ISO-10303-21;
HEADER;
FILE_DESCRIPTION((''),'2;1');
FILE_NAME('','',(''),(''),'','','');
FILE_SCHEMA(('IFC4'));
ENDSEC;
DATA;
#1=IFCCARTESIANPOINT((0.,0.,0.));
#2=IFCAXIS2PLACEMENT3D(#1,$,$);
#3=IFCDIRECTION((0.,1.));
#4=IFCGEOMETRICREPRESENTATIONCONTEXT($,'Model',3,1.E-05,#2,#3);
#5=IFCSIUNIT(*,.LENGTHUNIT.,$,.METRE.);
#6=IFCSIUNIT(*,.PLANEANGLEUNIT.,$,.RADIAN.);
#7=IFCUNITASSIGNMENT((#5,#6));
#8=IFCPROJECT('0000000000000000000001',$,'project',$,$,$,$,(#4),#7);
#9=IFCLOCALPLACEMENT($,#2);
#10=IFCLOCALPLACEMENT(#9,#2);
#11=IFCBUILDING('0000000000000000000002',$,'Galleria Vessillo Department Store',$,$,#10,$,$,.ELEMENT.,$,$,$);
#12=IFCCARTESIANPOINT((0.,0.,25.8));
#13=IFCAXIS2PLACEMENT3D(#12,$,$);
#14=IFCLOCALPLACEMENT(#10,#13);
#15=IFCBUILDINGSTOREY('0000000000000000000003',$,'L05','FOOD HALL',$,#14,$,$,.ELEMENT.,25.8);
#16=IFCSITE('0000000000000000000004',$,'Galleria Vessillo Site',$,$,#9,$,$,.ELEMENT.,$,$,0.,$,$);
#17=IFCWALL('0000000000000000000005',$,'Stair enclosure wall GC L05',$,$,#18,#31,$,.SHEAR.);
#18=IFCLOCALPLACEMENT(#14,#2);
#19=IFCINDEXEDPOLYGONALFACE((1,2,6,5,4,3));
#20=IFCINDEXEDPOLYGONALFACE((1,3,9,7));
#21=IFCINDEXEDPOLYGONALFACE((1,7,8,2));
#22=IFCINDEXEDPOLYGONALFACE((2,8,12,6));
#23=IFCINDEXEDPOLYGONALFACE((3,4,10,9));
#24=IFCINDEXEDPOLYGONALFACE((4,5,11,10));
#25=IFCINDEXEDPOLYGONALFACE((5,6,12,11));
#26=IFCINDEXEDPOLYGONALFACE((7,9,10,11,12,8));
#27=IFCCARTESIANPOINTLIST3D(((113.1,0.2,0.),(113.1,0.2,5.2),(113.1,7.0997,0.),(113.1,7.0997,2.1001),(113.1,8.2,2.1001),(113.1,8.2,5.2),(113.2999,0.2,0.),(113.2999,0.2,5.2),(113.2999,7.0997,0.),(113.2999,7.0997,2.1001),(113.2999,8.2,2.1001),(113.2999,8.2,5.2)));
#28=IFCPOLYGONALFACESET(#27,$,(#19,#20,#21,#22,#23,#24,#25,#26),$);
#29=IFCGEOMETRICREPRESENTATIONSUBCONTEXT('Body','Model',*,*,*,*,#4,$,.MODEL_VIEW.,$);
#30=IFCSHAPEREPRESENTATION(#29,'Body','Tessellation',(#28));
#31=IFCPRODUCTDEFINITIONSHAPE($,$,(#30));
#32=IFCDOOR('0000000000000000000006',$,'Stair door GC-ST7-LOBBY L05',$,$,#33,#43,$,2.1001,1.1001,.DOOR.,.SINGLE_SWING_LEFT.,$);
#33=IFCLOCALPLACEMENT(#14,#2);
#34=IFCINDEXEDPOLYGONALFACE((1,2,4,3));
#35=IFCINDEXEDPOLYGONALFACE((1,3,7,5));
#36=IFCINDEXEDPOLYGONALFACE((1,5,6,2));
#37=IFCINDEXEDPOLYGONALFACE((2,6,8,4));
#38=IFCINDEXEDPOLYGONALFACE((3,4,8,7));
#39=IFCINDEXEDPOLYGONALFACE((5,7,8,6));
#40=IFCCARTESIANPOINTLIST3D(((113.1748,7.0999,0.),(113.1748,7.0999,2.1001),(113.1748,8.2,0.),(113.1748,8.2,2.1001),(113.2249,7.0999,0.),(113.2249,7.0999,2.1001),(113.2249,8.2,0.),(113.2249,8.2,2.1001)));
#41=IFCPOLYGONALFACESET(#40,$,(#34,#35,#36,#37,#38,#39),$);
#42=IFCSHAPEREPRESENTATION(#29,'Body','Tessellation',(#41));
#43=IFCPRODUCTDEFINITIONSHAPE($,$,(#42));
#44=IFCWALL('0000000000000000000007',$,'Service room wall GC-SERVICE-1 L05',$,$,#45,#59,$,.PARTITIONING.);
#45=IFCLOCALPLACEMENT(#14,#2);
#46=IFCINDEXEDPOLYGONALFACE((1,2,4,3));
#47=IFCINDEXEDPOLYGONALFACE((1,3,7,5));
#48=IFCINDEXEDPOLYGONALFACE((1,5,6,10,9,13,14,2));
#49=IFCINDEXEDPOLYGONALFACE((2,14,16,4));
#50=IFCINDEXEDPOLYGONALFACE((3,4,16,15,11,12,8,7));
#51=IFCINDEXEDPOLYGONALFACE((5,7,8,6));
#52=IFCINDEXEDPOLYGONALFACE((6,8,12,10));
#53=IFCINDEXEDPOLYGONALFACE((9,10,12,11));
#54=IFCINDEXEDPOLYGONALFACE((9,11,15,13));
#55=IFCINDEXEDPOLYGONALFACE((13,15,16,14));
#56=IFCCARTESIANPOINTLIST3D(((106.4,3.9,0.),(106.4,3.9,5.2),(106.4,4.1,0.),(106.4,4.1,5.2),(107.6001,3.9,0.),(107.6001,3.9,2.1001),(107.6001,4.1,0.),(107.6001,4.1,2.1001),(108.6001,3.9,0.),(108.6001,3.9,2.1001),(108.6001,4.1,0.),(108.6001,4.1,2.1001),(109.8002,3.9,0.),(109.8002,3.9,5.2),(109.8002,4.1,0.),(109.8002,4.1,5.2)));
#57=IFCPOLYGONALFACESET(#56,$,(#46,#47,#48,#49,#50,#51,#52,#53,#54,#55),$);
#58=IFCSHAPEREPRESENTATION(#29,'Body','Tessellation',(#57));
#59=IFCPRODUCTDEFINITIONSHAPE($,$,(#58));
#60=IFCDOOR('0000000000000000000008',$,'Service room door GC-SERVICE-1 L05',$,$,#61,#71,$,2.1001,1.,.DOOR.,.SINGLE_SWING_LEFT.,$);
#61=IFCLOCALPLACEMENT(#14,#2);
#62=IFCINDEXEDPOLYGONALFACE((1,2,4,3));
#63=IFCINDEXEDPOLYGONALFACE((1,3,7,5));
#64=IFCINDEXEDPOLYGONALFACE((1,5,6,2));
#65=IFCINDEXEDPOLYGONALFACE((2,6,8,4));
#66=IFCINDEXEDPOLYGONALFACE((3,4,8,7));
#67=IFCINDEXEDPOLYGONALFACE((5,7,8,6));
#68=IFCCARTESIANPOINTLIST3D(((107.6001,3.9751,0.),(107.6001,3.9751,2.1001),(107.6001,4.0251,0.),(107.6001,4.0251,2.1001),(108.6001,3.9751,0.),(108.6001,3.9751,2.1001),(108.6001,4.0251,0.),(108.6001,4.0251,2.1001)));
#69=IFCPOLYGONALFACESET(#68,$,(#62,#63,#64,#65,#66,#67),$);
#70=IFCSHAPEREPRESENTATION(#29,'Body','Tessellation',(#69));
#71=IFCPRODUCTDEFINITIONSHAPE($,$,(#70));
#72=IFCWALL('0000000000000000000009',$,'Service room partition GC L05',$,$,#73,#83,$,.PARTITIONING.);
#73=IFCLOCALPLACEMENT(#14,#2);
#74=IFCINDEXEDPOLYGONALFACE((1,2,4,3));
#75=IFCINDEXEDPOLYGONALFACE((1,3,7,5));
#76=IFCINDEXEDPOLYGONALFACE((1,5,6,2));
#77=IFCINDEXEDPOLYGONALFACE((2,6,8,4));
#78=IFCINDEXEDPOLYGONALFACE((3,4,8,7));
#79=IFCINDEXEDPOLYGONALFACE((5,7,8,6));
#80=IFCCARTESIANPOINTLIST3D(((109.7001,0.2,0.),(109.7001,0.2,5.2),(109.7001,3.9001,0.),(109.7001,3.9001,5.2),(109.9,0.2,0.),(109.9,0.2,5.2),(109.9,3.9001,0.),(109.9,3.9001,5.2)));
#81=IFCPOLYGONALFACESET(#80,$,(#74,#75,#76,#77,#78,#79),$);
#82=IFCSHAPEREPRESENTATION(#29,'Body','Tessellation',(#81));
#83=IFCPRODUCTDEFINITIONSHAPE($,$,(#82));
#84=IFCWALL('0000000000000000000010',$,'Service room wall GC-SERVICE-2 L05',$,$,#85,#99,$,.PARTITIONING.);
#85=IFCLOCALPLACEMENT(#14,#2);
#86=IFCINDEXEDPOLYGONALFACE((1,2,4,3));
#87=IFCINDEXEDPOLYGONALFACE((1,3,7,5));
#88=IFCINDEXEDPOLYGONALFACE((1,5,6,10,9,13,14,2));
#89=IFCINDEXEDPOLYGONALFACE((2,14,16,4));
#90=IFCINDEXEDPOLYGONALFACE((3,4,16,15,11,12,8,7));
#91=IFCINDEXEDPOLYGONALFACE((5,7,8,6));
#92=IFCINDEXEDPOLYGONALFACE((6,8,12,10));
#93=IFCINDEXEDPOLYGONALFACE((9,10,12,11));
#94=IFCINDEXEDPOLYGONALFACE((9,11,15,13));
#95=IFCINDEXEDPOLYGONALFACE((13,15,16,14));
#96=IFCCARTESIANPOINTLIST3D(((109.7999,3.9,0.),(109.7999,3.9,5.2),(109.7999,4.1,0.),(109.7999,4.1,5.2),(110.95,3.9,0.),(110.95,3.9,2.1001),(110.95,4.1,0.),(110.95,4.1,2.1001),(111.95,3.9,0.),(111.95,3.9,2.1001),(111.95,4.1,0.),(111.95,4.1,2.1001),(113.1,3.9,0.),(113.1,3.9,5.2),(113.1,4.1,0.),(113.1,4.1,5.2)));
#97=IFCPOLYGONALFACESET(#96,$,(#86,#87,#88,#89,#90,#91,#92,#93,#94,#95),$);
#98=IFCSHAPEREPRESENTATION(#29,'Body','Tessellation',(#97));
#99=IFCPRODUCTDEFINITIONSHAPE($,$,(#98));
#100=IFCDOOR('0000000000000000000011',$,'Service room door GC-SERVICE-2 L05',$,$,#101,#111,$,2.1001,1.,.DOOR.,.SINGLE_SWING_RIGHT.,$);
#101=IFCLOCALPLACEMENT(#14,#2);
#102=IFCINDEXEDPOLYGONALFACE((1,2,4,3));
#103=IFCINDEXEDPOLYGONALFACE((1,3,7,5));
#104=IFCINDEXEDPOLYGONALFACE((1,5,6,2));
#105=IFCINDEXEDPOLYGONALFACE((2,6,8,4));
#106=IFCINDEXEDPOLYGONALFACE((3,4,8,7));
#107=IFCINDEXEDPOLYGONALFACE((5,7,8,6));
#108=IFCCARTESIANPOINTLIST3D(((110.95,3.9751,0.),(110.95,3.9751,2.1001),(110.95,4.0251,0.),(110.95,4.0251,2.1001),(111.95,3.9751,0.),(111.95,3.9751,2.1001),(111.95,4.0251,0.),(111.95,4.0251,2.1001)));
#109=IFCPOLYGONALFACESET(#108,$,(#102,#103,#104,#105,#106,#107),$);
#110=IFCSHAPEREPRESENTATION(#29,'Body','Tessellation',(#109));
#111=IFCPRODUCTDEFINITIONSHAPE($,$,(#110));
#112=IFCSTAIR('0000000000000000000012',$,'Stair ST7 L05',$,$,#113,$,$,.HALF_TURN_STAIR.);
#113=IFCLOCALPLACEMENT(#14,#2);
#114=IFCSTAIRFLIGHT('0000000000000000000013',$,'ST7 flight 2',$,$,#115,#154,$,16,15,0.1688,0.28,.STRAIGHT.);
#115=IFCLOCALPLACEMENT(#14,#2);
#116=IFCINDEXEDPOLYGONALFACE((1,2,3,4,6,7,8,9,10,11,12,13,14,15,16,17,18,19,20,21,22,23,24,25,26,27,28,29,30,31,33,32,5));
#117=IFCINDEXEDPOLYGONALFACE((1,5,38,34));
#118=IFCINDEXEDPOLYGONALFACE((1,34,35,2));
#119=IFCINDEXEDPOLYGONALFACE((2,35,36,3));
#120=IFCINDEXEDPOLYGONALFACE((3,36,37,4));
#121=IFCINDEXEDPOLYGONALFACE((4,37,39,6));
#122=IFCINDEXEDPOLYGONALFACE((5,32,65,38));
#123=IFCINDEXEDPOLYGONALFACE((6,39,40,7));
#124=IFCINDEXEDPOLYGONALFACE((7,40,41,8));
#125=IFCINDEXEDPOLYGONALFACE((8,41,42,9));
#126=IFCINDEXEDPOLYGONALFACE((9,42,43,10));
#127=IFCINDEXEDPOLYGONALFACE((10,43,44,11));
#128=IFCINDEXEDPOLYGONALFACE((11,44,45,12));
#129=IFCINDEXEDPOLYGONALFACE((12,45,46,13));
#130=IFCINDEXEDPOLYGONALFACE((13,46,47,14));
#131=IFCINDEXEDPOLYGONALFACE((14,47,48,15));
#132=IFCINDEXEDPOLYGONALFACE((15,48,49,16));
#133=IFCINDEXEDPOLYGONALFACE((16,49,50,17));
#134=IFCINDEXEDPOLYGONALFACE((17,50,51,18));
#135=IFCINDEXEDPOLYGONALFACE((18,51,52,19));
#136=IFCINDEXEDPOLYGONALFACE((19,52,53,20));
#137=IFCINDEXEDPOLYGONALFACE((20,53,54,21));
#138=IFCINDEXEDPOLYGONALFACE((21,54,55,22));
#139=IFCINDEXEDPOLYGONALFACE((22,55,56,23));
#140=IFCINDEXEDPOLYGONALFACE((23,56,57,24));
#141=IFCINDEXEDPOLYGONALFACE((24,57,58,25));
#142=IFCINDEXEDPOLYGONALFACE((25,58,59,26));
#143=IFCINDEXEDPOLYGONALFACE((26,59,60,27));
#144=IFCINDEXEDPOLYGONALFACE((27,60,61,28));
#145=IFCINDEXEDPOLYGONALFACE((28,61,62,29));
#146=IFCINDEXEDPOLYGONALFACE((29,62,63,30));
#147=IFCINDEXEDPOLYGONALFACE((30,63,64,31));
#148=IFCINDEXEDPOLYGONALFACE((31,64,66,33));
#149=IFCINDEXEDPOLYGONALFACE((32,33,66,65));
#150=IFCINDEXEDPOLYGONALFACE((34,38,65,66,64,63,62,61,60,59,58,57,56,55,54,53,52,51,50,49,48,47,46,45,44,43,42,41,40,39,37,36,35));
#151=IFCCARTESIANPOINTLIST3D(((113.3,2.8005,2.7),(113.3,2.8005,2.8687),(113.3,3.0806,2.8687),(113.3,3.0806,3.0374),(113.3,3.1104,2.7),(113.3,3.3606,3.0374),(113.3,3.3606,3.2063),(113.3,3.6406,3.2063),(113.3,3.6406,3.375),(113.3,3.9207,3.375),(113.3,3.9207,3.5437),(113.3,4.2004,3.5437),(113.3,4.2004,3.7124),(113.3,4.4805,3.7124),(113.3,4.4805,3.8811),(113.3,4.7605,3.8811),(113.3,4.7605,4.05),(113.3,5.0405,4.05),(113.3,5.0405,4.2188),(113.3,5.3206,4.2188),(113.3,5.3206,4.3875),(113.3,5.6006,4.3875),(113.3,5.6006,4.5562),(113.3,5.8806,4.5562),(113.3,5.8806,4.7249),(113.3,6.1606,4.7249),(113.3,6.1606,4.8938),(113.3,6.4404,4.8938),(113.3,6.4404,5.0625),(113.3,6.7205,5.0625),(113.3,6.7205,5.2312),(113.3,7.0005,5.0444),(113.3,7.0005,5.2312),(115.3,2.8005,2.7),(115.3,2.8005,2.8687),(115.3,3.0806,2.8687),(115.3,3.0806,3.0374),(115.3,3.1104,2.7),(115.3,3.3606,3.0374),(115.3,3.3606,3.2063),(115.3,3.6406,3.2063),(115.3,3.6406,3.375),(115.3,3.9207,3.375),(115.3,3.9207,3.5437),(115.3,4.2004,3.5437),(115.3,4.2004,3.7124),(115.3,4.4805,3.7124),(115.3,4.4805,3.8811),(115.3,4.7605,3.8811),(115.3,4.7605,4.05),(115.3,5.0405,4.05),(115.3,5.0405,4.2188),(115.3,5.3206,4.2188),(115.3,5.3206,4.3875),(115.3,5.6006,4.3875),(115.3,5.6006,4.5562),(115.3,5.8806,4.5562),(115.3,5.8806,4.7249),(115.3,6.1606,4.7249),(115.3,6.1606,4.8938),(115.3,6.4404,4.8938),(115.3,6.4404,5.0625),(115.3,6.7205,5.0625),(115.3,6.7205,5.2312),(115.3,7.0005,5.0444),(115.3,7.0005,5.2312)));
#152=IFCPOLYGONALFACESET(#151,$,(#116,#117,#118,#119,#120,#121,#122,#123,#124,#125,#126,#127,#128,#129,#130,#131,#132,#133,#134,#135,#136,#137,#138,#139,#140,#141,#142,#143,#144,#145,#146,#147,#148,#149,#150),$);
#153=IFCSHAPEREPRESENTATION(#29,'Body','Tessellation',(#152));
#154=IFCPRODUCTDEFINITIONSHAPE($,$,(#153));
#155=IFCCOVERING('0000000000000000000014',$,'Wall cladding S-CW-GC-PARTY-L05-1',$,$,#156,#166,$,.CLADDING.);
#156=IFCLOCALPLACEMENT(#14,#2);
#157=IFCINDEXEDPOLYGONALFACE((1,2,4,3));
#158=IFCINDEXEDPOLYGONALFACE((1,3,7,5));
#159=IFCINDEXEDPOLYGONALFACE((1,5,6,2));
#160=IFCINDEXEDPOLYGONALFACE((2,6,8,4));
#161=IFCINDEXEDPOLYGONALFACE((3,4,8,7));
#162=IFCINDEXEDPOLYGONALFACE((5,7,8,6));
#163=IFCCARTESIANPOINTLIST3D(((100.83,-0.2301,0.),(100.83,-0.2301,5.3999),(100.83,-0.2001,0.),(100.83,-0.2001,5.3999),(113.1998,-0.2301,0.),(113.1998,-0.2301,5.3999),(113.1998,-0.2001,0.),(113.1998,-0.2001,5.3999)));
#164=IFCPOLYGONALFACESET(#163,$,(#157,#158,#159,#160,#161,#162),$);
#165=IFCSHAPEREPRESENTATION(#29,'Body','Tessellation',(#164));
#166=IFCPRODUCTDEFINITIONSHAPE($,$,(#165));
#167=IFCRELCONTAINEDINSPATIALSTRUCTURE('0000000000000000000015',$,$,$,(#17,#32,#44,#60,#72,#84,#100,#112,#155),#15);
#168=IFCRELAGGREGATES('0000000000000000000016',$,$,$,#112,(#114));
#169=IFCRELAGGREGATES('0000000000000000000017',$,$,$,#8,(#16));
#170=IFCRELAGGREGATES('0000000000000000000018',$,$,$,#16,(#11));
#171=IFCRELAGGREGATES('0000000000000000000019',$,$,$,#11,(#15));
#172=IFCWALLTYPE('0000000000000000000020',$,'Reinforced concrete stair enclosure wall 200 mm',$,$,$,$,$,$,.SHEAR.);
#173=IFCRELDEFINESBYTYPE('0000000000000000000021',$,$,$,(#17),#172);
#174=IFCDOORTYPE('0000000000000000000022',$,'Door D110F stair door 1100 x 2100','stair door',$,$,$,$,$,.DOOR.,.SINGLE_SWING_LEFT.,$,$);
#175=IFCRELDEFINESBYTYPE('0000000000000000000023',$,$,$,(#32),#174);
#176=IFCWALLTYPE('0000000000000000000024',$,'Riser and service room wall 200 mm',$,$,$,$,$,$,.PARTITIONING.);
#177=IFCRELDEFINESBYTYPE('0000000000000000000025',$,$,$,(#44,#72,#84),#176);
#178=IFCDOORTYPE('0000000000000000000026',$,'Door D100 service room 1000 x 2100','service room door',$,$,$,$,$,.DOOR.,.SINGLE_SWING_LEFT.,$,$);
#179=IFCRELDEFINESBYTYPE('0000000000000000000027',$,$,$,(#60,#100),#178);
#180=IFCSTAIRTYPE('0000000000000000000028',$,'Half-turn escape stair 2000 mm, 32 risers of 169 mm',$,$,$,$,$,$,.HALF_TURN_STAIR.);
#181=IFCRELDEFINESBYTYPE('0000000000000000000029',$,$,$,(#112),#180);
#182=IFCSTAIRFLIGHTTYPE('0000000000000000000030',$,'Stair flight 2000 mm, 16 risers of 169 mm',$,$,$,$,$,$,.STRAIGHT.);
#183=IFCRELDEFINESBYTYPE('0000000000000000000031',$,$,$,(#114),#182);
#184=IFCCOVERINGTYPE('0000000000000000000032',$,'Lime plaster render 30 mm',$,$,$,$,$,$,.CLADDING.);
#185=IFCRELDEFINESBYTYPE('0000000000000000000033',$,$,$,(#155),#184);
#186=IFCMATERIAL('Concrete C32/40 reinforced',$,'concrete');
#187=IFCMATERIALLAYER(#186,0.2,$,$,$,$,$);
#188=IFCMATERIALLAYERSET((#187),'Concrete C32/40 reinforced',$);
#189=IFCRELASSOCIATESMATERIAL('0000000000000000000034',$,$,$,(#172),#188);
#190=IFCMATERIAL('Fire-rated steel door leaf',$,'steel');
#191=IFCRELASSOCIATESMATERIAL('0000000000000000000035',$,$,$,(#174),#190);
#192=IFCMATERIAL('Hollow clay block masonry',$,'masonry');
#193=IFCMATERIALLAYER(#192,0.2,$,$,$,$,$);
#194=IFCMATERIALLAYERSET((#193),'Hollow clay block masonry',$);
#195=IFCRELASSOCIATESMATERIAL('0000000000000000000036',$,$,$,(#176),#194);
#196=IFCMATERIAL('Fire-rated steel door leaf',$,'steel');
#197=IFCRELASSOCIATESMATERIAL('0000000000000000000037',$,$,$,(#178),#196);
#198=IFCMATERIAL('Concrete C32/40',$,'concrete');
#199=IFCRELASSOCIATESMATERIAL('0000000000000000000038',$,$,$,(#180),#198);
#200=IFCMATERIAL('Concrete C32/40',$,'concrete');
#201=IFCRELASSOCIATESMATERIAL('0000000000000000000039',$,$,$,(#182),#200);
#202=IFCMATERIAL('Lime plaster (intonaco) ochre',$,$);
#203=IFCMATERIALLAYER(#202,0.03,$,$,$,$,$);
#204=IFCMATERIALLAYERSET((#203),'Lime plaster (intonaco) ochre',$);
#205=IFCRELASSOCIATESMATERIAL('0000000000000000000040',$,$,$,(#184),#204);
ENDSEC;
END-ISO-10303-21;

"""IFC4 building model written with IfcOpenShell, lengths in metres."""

from ifc_helpers import new_model, si_unit, direction, frame, frame_2d, origin, origin_2d, place, context, subcontext, project, spatial, polyline, rectangle, outline, extrude, material, layer, layer_set, type_object, element, fill, aggregate, save


model = new_model("IFC4")

# Units and contexts
model_context = context("Model", 3, precision=1e-05, world=origin(), true_north=direction((0.0, 1.0)))
body_context = subcontext(model_context, "Body", "Model", "MODEL_VIEW")
ifc_project = project(units=[si_unit("LENGTHUNIT", "METRE"), si_unit("PLANEANGLEUNIT", "RADIAN")], contexts=[model_context])

# Site, building, storey
site_placement = place(None, origin())
site = spatial("IfcSite", under=ifc_project, at=site_placement, Name="Galleria Vessillo Site", CompositionType="ELEMENT", RefElevation=0.0)
building_placement = place(site_placement, origin())
building = spatial("IfcBuilding", under=site, at=building_placement, Name="Galleria Vessillo Department Store", CompositionType="ELEMENT")
storey_placement = place(building_placement, frame((0.0, 0.0, 25.8)))
storey = spatial("IfcBuildingStorey", under=building, at=storey_placement, Name="L05", Description="FOOD HALL", CompositionType="ELEMENT", Elevation=25.8)

# Walls, openings, doors
ifc_material_1 = material(Name="Concrete C32/40 reinforced", Category="concrete")
ifc_layer_1 = layer(ifc_material_1, 0.2)
ifc_layer_set_1 = layer_set([ifc_layer_1], Name="Concrete C32/40 reinforced")
wall_type_1 = type_object("IfcWallType", Name="Reinforced concrete stair enclosure wall 200 mm", PredefinedType="SHEAR", material=ifc_layer_set_1)
wall_1_placement = place(storey_placement, frame((113.2, 0.2, 0.0), z_axis=(0.0, 0.0, 1.0), x_axis=(0.0, 1.0, 0.0)))
wall_1 = element("IfcWall", 1, at=wall_1_placement, inside=storey, type_object=wall_type_1, Name="Stair enclosure wall GC L05", PredefinedType="SHEAR", context=body_context, shape_type="SweptSolid", body=[
    extrude(rectangle(XDim=8.0, YDim=0.2, at=frame_2d((4.0, 0.0))), origin(), (0.0, 0.0, 1.0), 5.2),
])
opening_1_placement = place(wall_1_placement, frame((6.8999, 0.0, 0.0)))
opening_1 = element("IfcOpeningElement", 2, at=opening_1_placement, cuts=wall_1, PredefinedType="OPENING", context=body_context, shape_type="SweptSolid", body=[
    extrude(rectangle(XDim=1.1101, YDim=2.1001, at=frame_2d((0.5549, 1.05))), frame((0.0, 0.1099, 0.0), z_axis=(0.0, -1.0, 0.0), x_axis=(1.0, 0.0, 0.0)), (0.0, 0.0, 1.0), 0.22),
])
ifc_material_2 = material(Name="Fire-rated steel door leaf", Category="steel")
door_type_1 = type_object("IfcDoorType", Name="Door D110F stair door 1100 x 2100", Description="stair door", OperationType="SINGLE_SWING_LEFT", PredefinedType="DOOR", material=ifc_material_2)
door_1_placement = place(opening_1_placement, frame((1.1001, 0.0, 0.0), z_axis=(0.0, 0.0, 1.0), x_axis=(-1.0, 0.0, 0.0)))
door_1 = element("IfcDoor", 3, at=door_1_placement, inside=storey, type_object=door_type_1, Name="Stair door GC-ST7-LOBBY L05", OperationType="SINGLE_SWING_LEFT", OverallHeight=2.1001, OverallWidth=1.1001, PredefinedType="DOOR", context=body_context, shape_type="SweptSolid", body=[
    extrude(rectangle(XDim=1.1001, YDim=2.1001, at=frame_2d((0.55, 1.05))), frame((0.0, 0.0249, 0.0), z_axis=(0.0, -1.0, 0.0), x_axis=(1.0, 0.0, 0.0)), (0.0, 0.0, 1.0), 0.05),
])
fill(opening_1, door_1)
ifc_material_3 = material(Name="Hollow clay block masonry", Category="masonry")
ifc_layer_2 = layer(ifc_material_3, 0.2)
ifc_layer_set_2 = layer_set([ifc_layer_2], Name="Hollow clay block masonry")
wall_type_2 = type_object("IfcWallType", Name="Riser and service room wall 200 mm", PredefinedType="PARTITIONING", material=ifc_layer_set_2)
wall_2_placement = place(storey_placement, frame((106.3999, 4.0, 0.0), z_axis=(0.0, 0.0, 1.0), x_axis=(1.0, 0.0, 0.0)))
wall_2 = element("IfcWall", 4, at=wall_2_placement, inside=storey, type_object=wall_type_2, Name="Service room wall GC-SERVICE-1 L05", PredefinedType="PARTITIONING", context=body_context, shape_type="SweptSolid", body=[
    extrude(rectangle(XDim=3.4001, YDim=0.2, at=frame_2d((1.7002, 0.0))), origin(), (0.0, 0.0, 1.0), 5.2),
])
opening_2_placement = place(wall_2_placement, frame((1.2002, 0.0, 0.0)))
opening_2 = element("IfcOpeningElement", 5, at=opening_2_placement, cuts=wall_2, PredefinedType="OPENING", context=body_context, shape_type="SweptSolid", body=[
    extrude(rectangle(XDim=1.0, YDim=2.1001, at=frame_2d((0.5, 1.05))), frame((0.0, 0.1099, 0.0), z_axis=(0.0, -1.0, 0.0), x_axis=(1.0, 0.0, 0.0)), (0.0, 0.0, 1.0), 0.22),
])
ifc_material_4 = material(Name="Fire-rated steel door leaf", Category="steel")
door_type_2 = type_object("IfcDoorType", Name="Door D100 service room 1000 x 2100", Description="service room door", OperationType="SINGLE_SWING_LEFT", PredefinedType="DOOR", material=ifc_material_4)
door_2_placement = place(opening_2_placement, frame((1.0, 0.0, 0.0), z_axis=(0.0, 0.0, 1.0), x_axis=(-1.0, 0.0, 0.0)))
door_2 = element("IfcDoor", 6, at=door_2_placement, inside=storey, type_object=door_type_2, Name="Service room door GC-SERVICE-1 L05", OperationType="SINGLE_SWING_LEFT", OverallHeight=2.1001, OverallWidth=1.0, PredefinedType="DOOR", context=body_context, shape_type="SweptSolid", body=[
    extrude(rectangle(XDim=1.0, YDim=2.1001, at=frame_2d((0.5, 1.05))), frame((0.0, 0.0249, 0.0), z_axis=(0.0, -1.0, 0.0), x_axis=(1.0, 0.0, 0.0)), (0.0, 0.0, 1.0), 0.05),
])
fill(opening_2, door_2)

# Wall
wall_3_placement = place(storey_placement, frame((109.8, 0.2, 0.0), z_axis=(0.0, 0.0, 1.0), x_axis=(0.0, 1.0, 0.0)))
element("IfcWall", 7, at=wall_3_placement, inside=storey, type_object=wall_type_2, Name="Service room partition GC L05", PredefinedType="PARTITIONING", context=body_context, shape_type="SweptSolid", body=[
    extrude(rectangle(XDim=3.7002, YDim=0.2, at=frame_2d((1.8501, 0.0))), origin(), (0.0, 0.0, 1.0), 5.2),
])

# Wall, opening, door
wall_4_placement = place(storey_placement, frame((109.8, 4.0, 0.0), z_axis=(0.0, 0.0, 1.0), x_axis=(1.0, 0.0, 0.0)))
wall_4 = element("IfcWall", 8, at=wall_4_placement, inside=storey, type_object=wall_type_2, Name="Service room wall GC-SERVICE-2 L05", PredefinedType="PARTITIONING", context=body_context, shape_type="SweptSolid", body=[
    extrude(rectangle(XDim=3.3, YDim=0.2, at=frame_2d((1.6499, 0.0))), origin(), (0.0, 0.0, 1.0), 5.2),
])
opening_3_placement = place(wall_4_placement, frame((1.1499, 0.0, 0.0)))
opening_3 = element("IfcOpeningElement", 9, at=opening_3_placement, cuts=wall_4, PredefinedType="OPENING", context=body_context, shape_type="SweptSolid", body=[
    extrude(rectangle(XDim=1.0, YDim=2.1001, at=frame_2d((0.5, 1.05))), frame((0.0, 0.1099, 0.0), z_axis=(0.0, -1.0, 0.0), x_axis=(1.0, 0.0, 0.0)), (0.0, 0.0, 1.0), 0.22),
])
door_3_placement = place(opening_3_placement, frame((1.0, 0.0, 0.0), z_axis=(0.0, 0.0, 1.0), x_axis=(-1.0, 0.0, 0.0)))
door_3 = element("IfcDoor", 10, at=door_3_placement, inside=storey, type_object=door_type_2, Name="Service room door GC-SERVICE-2 L05", OperationType="SINGLE_SWING_RIGHT", OverallHeight=2.1001, OverallWidth=1.0, PredefinedType="DOOR", context=body_context, shape_type="SweptSolid", body=[
    extrude(rectangle(XDim=1.0, YDim=2.1001, at=frame_2d((0.5, 1.05))), frame((0.0, 0.0249, 0.0), z_axis=(0.0, -1.0, 0.0), x_axis=(1.0, 0.0, 0.0)), (0.0, 0.0, 1.0), 0.05),
])
fill(opening_3, door_3)

# Stair, stair flight
ifc_material_5 = material(Name="Concrete C32/40", Category="concrete")
stair_type = type_object("IfcStairType", Name="Half-turn escape stair 2000 mm, 32 risers of 169 mm", PredefinedType="HALF_TURN_STAIR", material=ifc_material_5)
stair_placement = place(storey_placement, origin())
stair = element("IfcStair", 11, at=stair_placement, inside=storey, type_object=stair_type, Name="Stair ST7 L05", PredefinedType="HALF_TURN_STAIR")
ifc_material_6 = material(Name="Concrete C32/40", Category="concrete")
stair_flight_type = type_object("IfcStairFlightType", Name="Stair flight 2000 mm, 16 risers of 169 mm", PredefinedType="STRAIGHT", material=ifc_material_6)
stair_flight_placement = place(storey_placement, frame((114.3, 2.8005, 2.7), z_axis=(0.0, 0.0, 1.0), x_axis=(0.0, 1.0, 0.0)))
stair_flight = element("IfcStairFlight", 12, at=stair_flight_placement, type_object=stair_flight_type, Name="ST7 flight 2", NumberOfRisers=16, NumberOfTreads=15, PredefinedType="STRAIGHT", RiserHeight=0.1688, TreadLength=0.28, context=body_context, shape_type="SweptSolid", body=[
    extrude(outline(polyline([(0.0, 0.0), (0.0, 0.1687), (0.28, 0.1687), (0.28, 0.3374), (0.5601, 0.3374), (0.5601, 0.5063), (0.8401, 0.5063), (0.8401, 0.675), (1.1201, 0.675), (1.1201, 0.8438), (1.3999, 0.8438), (1.3999, 1.0125), (1.6799, 1.0125), (1.6799, 1.1812), (1.96, 1.1812), (1.96, 1.3501), (2.24, 1.3501), (2.24, 1.5188), (2.52, 1.5188), (2.52, 1.6875), (2.8, 1.6875), (2.8, 1.8562), (3.0801, 1.8562), (3.0801, 2.0249), (3.3601, 2.0249), (3.3601, 2.1938), (3.6399, 2.1938), (3.6399, 2.3625), (3.9199, 2.3625), (3.9199, 2.5312), (4.2, 2.5312), (4.2, 2.7), (4.2, 2.3445), (0.3098, 0.0), (0.0, 0.0)])), frame((0.0, 1.0, 0.0), z_axis=(0.0, -1.0, 0.0), x_axis=(1.0, 0.0, 0.0)), (0.0, 0.0, 1.0), 2.0),
])
aggregate(stair, [stair_flight])

# Covering
ifc_material_7 = material(Name="Lime plaster (intonaco) ochre")
ifc_layer_3 = layer(ifc_material_7, 0.03)
ifc_layer_set_3 = layer_set([ifc_layer_3], Name="Lime plaster (intonaco) ochre")
covering_type_1 = type_object("IfcCoveringType", Name="Lime plaster render 30 mm", PredefinedType="CLADDING", material=ifc_layer_set_3)
covering_1_placement = place(storey_placement, frame((107.0149, -0.2151, 0.0), z_axis=(0.0, 0.0, 1.0), x_axis=(1.0, 0.0, 0.0)))
element("IfcCovering", 13, at=covering_1_placement, inside=storey, type_object=covering_type_1, Name="Wall cladding S-CW-GC-PARTY-L05-1", PredefinedType="CLADDING", context=body_context, shape_type="SweptSolid", body=[
    extrude(rectangle(XDim=12.3699, YDim=0.03, at=origin_2d()), origin(), (0.0, 0.0, 1.0), 5.3999),
])

save(model, "model.ifc")
